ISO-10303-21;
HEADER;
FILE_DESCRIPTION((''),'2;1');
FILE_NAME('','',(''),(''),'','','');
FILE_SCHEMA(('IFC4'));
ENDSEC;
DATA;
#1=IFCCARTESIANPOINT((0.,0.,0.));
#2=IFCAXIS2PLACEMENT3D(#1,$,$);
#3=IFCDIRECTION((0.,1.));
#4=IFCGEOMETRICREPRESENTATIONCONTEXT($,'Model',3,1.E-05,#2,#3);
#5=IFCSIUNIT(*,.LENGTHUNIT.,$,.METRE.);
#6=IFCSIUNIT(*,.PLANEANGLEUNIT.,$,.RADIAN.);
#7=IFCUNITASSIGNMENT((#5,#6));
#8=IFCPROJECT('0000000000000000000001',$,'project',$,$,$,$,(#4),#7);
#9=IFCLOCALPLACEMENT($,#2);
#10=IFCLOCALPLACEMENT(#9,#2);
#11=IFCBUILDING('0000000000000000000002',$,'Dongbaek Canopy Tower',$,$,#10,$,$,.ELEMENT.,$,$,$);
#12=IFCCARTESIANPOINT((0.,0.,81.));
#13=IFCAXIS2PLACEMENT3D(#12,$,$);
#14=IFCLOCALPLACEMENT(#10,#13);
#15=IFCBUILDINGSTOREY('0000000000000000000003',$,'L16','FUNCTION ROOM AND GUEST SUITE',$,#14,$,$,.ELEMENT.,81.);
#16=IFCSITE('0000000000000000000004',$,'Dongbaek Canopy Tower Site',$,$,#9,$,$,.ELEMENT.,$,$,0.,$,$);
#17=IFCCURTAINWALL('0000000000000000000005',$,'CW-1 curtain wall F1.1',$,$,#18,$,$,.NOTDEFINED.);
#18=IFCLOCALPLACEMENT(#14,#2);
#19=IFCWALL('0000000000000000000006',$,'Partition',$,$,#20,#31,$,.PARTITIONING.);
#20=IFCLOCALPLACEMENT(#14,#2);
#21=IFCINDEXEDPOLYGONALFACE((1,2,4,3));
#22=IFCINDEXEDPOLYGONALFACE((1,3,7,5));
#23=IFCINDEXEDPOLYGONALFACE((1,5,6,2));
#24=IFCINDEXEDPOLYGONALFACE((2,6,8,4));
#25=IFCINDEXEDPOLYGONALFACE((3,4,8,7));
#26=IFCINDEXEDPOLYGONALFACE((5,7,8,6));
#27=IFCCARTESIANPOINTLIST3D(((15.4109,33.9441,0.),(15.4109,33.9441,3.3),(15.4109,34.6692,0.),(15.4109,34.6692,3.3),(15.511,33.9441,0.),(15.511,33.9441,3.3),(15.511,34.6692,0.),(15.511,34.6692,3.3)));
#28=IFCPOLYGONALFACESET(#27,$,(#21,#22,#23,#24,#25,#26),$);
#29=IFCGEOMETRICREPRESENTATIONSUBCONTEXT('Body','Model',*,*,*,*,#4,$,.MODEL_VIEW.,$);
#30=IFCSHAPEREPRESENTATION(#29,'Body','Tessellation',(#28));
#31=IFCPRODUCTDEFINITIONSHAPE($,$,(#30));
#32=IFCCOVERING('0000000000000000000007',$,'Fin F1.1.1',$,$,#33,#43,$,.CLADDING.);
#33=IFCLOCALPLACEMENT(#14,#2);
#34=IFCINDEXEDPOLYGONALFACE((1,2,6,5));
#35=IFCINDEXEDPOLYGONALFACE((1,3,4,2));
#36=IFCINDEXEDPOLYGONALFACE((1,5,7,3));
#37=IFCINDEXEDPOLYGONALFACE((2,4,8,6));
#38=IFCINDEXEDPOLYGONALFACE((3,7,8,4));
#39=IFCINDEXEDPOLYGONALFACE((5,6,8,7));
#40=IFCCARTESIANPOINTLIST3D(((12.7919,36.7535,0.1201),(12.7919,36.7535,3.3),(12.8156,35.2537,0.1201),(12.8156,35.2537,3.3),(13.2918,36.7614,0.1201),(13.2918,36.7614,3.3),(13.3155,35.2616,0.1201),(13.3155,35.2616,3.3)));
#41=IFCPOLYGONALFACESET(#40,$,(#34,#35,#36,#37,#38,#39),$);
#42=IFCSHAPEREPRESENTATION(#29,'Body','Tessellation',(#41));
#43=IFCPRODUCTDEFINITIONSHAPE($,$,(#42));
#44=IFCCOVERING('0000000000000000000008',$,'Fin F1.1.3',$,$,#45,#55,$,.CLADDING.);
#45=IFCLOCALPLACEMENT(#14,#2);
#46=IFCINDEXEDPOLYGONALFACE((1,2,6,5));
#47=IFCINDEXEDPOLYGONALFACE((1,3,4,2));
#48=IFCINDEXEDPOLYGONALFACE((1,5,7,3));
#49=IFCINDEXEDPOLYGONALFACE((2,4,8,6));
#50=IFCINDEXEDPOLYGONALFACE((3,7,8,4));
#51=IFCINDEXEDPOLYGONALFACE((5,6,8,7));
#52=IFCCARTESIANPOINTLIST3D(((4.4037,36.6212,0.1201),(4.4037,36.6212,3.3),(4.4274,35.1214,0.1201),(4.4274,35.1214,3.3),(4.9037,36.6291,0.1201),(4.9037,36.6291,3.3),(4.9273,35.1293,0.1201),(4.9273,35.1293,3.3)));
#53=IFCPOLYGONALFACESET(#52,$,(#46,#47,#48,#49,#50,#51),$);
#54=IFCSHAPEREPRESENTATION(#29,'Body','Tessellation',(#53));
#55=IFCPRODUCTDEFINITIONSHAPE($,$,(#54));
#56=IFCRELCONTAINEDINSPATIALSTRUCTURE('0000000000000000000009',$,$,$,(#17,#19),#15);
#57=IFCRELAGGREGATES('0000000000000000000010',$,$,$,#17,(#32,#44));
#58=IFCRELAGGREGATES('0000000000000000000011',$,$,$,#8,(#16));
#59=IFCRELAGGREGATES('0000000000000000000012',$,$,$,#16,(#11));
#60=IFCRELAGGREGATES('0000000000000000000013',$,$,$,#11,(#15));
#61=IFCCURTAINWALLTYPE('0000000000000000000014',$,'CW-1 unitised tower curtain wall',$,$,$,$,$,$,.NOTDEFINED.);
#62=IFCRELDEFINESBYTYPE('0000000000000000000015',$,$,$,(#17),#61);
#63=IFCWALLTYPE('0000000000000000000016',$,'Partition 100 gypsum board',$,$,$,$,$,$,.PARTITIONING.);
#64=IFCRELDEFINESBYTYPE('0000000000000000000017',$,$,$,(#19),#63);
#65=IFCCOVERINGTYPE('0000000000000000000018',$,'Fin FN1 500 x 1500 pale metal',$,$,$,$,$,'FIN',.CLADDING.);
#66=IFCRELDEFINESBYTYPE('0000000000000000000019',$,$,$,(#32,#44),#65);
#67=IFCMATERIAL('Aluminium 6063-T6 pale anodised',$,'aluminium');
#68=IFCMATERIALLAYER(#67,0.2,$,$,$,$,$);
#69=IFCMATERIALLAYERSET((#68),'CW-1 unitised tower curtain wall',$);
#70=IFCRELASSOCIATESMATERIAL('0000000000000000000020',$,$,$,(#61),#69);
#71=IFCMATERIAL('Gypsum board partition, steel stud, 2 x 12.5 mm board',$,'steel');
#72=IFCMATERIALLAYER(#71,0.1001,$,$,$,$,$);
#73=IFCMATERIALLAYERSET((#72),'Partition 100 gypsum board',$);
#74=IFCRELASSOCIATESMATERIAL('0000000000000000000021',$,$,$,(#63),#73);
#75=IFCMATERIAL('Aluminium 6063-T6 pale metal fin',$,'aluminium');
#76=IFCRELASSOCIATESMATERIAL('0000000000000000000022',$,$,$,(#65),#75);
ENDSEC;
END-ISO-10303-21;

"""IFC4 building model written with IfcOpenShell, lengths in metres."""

from ifc_helpers import new_model, si_unit, direction, frame, frame_2d, origin, origin_2d, place, context, subcontext, project, spatial, rectangle, extrude, material, layer, layer_set, material_profile, profile_set, type_object, element, aggregate, save


model = new_model("IFC4")

# Units and contexts
model_context = context("Model", 3, precision=1e-05, world=origin(), true_north=direction((0.0, 1.0)))
body_context = subcontext(model_context, "Body", "Model", "MODEL_VIEW")
ifc_project = project(units=[si_unit("LENGTHUNIT", "METRE"), si_unit("PLANEANGLEUNIT", "RADIAN")], contexts=[model_context])

# Site, building, storey
site_placement = place(None, origin())
site = spatial("IfcSite", under=ifc_project, at=site_placement, Name="Dongbaek Canopy Tower Site", CompositionType="ELEMENT", RefElevation=0.0)
building_placement = place(site_placement, origin())
building = spatial("IfcBuilding", under=site, at=building_placement, Name="Dongbaek Canopy Tower", CompositionType="ELEMENT")
storey_placement = place(building_placement, frame((0.0, 0.0, 81.0)))
storey = spatial("IfcBuildingStorey", under=building, at=storey_placement, Name="L16", Description="FUNCTION ROOM AND GUEST SUITE", CompositionType="ELEMENT", Elevation=81.0)

# Curtain wall
ifc_material_1 = material(Name="Aluminium 6063-T6 pale anodised", Category="aluminium")
ifc_layer_1 = layer(ifc_material_1, 0.2)
ifc_layer_set_1 = layer_set([ifc_layer_1], Name="CW-1 unitised tower curtain wall")
curtain_wall_type = type_object("IfcCurtainWallType", Name="CW-1 unitised tower curtain wall", PredefinedType="NOTDEFINED", material=ifc_layer_set_1)
curtain_wall_1_placement = place(storey_placement, origin())
curtain_wall_1 = element("IfcCurtainWall", 1, at=curtain_wall_1_placement, inside=storey, type_object=curtain_wall_type, Name="CW-1 curtain wall F1.1", PredefinedType="NOTDEFINED")

# Wall
ifc_material_2 = material(Name="Gypsum board partition, steel stud, 2 x 12.5 mm board", Category="steel")
ifc_layer_2 = layer(ifc_material_2, 0.1001)
ifc_layer_set_2 = layer_set([ifc_layer_2], Name="Partition 100 gypsum board")
wall_type_1 = type_object("IfcWallType", Name="Partition 100 gypsum board", PredefinedType="PARTITIONING", material=ifc_layer_set_2)
wall_1_placement = place(storey_placement, frame((15.4609, 33.9441, 0.0), z_axis=(0.0, 0.0, 1.0), x_axis=(0.0, 1.0, 0.0)))
element("IfcWall", 2, at=wall_1_placement, inside=storey, type_object=wall_type_1, Name="Partition", PredefinedType="PARTITIONING", context=body_context, shape_type="SweptSolid", body=[
    extrude(rectangle(XDim=0.7251, YDim=0.1001, at=frame_2d((0.3625, 0.0))), origin(), (0.0, 0.0, 1.0), 3.3),
])

# Coverings
ifc_material_3 = material(Name="Aluminium 6063-T6 pale metal fin", Category="aluminium")
ifc_material_profile_1 = material_profile(ifc_material_3, rectangle(XDim=1.5, YDim=0.5, at=origin_2d()), Name="Fin FN1 500 x 1500 pale metal")
ifc_profile_set_1 = profile_set([ifc_material_profile_1], Name="Aluminium 6063-T6 pale metal fin")
covering_type = type_object("IfcCoveringType", Name="Fin FN1 500 x 1500 pale metal", ElementType="FIN", PredefinedType="CLADDING", material=ifc_profile_set_1)
covering_1_placement = place(storey_placement, frame((13.0537, 36.0076, 0.1201), z_axis=(0.0, 0.0, 1.0), x_axis=(-0.015774, 0.999876, 0.0)))
covering_1 = element("IfcCovering", 3, at=covering_1_placement, type_object=covering_type, Name="Fin F1.1.1", PredefinedType="CLADDING", context=body_context, shape_type="SweptSolid", body=[
    extrude(rectangle(XDim=1.5, YDim=0.5, at=origin_2d()), origin(), (0.0, 0.0, 1.0), 3.1799),
])
covering_2_placement = place(storey_placement, frame((4.6655, 35.8752, 0.1201), z_axis=(0.0, 0.0, 1.0), x_axis=(-0.015774, 0.999876, 0.0)))
covering_2 = element("IfcCovering", 4, at=covering_2_placement, type_object=covering_type, Name="Fin F1.1.3", PredefinedType="CLADDING", context=body_context, shape_type="SweptSolid", body=[
    extrude(rectangle(XDim=1.5, YDim=0.5, at=origin_2d()), origin(), (0.0, 0.0, 1.0), 3.1799),
])
aggregate(curtain_wall_1, [covering_1, covering_2])

save(model, "model.ifc")
